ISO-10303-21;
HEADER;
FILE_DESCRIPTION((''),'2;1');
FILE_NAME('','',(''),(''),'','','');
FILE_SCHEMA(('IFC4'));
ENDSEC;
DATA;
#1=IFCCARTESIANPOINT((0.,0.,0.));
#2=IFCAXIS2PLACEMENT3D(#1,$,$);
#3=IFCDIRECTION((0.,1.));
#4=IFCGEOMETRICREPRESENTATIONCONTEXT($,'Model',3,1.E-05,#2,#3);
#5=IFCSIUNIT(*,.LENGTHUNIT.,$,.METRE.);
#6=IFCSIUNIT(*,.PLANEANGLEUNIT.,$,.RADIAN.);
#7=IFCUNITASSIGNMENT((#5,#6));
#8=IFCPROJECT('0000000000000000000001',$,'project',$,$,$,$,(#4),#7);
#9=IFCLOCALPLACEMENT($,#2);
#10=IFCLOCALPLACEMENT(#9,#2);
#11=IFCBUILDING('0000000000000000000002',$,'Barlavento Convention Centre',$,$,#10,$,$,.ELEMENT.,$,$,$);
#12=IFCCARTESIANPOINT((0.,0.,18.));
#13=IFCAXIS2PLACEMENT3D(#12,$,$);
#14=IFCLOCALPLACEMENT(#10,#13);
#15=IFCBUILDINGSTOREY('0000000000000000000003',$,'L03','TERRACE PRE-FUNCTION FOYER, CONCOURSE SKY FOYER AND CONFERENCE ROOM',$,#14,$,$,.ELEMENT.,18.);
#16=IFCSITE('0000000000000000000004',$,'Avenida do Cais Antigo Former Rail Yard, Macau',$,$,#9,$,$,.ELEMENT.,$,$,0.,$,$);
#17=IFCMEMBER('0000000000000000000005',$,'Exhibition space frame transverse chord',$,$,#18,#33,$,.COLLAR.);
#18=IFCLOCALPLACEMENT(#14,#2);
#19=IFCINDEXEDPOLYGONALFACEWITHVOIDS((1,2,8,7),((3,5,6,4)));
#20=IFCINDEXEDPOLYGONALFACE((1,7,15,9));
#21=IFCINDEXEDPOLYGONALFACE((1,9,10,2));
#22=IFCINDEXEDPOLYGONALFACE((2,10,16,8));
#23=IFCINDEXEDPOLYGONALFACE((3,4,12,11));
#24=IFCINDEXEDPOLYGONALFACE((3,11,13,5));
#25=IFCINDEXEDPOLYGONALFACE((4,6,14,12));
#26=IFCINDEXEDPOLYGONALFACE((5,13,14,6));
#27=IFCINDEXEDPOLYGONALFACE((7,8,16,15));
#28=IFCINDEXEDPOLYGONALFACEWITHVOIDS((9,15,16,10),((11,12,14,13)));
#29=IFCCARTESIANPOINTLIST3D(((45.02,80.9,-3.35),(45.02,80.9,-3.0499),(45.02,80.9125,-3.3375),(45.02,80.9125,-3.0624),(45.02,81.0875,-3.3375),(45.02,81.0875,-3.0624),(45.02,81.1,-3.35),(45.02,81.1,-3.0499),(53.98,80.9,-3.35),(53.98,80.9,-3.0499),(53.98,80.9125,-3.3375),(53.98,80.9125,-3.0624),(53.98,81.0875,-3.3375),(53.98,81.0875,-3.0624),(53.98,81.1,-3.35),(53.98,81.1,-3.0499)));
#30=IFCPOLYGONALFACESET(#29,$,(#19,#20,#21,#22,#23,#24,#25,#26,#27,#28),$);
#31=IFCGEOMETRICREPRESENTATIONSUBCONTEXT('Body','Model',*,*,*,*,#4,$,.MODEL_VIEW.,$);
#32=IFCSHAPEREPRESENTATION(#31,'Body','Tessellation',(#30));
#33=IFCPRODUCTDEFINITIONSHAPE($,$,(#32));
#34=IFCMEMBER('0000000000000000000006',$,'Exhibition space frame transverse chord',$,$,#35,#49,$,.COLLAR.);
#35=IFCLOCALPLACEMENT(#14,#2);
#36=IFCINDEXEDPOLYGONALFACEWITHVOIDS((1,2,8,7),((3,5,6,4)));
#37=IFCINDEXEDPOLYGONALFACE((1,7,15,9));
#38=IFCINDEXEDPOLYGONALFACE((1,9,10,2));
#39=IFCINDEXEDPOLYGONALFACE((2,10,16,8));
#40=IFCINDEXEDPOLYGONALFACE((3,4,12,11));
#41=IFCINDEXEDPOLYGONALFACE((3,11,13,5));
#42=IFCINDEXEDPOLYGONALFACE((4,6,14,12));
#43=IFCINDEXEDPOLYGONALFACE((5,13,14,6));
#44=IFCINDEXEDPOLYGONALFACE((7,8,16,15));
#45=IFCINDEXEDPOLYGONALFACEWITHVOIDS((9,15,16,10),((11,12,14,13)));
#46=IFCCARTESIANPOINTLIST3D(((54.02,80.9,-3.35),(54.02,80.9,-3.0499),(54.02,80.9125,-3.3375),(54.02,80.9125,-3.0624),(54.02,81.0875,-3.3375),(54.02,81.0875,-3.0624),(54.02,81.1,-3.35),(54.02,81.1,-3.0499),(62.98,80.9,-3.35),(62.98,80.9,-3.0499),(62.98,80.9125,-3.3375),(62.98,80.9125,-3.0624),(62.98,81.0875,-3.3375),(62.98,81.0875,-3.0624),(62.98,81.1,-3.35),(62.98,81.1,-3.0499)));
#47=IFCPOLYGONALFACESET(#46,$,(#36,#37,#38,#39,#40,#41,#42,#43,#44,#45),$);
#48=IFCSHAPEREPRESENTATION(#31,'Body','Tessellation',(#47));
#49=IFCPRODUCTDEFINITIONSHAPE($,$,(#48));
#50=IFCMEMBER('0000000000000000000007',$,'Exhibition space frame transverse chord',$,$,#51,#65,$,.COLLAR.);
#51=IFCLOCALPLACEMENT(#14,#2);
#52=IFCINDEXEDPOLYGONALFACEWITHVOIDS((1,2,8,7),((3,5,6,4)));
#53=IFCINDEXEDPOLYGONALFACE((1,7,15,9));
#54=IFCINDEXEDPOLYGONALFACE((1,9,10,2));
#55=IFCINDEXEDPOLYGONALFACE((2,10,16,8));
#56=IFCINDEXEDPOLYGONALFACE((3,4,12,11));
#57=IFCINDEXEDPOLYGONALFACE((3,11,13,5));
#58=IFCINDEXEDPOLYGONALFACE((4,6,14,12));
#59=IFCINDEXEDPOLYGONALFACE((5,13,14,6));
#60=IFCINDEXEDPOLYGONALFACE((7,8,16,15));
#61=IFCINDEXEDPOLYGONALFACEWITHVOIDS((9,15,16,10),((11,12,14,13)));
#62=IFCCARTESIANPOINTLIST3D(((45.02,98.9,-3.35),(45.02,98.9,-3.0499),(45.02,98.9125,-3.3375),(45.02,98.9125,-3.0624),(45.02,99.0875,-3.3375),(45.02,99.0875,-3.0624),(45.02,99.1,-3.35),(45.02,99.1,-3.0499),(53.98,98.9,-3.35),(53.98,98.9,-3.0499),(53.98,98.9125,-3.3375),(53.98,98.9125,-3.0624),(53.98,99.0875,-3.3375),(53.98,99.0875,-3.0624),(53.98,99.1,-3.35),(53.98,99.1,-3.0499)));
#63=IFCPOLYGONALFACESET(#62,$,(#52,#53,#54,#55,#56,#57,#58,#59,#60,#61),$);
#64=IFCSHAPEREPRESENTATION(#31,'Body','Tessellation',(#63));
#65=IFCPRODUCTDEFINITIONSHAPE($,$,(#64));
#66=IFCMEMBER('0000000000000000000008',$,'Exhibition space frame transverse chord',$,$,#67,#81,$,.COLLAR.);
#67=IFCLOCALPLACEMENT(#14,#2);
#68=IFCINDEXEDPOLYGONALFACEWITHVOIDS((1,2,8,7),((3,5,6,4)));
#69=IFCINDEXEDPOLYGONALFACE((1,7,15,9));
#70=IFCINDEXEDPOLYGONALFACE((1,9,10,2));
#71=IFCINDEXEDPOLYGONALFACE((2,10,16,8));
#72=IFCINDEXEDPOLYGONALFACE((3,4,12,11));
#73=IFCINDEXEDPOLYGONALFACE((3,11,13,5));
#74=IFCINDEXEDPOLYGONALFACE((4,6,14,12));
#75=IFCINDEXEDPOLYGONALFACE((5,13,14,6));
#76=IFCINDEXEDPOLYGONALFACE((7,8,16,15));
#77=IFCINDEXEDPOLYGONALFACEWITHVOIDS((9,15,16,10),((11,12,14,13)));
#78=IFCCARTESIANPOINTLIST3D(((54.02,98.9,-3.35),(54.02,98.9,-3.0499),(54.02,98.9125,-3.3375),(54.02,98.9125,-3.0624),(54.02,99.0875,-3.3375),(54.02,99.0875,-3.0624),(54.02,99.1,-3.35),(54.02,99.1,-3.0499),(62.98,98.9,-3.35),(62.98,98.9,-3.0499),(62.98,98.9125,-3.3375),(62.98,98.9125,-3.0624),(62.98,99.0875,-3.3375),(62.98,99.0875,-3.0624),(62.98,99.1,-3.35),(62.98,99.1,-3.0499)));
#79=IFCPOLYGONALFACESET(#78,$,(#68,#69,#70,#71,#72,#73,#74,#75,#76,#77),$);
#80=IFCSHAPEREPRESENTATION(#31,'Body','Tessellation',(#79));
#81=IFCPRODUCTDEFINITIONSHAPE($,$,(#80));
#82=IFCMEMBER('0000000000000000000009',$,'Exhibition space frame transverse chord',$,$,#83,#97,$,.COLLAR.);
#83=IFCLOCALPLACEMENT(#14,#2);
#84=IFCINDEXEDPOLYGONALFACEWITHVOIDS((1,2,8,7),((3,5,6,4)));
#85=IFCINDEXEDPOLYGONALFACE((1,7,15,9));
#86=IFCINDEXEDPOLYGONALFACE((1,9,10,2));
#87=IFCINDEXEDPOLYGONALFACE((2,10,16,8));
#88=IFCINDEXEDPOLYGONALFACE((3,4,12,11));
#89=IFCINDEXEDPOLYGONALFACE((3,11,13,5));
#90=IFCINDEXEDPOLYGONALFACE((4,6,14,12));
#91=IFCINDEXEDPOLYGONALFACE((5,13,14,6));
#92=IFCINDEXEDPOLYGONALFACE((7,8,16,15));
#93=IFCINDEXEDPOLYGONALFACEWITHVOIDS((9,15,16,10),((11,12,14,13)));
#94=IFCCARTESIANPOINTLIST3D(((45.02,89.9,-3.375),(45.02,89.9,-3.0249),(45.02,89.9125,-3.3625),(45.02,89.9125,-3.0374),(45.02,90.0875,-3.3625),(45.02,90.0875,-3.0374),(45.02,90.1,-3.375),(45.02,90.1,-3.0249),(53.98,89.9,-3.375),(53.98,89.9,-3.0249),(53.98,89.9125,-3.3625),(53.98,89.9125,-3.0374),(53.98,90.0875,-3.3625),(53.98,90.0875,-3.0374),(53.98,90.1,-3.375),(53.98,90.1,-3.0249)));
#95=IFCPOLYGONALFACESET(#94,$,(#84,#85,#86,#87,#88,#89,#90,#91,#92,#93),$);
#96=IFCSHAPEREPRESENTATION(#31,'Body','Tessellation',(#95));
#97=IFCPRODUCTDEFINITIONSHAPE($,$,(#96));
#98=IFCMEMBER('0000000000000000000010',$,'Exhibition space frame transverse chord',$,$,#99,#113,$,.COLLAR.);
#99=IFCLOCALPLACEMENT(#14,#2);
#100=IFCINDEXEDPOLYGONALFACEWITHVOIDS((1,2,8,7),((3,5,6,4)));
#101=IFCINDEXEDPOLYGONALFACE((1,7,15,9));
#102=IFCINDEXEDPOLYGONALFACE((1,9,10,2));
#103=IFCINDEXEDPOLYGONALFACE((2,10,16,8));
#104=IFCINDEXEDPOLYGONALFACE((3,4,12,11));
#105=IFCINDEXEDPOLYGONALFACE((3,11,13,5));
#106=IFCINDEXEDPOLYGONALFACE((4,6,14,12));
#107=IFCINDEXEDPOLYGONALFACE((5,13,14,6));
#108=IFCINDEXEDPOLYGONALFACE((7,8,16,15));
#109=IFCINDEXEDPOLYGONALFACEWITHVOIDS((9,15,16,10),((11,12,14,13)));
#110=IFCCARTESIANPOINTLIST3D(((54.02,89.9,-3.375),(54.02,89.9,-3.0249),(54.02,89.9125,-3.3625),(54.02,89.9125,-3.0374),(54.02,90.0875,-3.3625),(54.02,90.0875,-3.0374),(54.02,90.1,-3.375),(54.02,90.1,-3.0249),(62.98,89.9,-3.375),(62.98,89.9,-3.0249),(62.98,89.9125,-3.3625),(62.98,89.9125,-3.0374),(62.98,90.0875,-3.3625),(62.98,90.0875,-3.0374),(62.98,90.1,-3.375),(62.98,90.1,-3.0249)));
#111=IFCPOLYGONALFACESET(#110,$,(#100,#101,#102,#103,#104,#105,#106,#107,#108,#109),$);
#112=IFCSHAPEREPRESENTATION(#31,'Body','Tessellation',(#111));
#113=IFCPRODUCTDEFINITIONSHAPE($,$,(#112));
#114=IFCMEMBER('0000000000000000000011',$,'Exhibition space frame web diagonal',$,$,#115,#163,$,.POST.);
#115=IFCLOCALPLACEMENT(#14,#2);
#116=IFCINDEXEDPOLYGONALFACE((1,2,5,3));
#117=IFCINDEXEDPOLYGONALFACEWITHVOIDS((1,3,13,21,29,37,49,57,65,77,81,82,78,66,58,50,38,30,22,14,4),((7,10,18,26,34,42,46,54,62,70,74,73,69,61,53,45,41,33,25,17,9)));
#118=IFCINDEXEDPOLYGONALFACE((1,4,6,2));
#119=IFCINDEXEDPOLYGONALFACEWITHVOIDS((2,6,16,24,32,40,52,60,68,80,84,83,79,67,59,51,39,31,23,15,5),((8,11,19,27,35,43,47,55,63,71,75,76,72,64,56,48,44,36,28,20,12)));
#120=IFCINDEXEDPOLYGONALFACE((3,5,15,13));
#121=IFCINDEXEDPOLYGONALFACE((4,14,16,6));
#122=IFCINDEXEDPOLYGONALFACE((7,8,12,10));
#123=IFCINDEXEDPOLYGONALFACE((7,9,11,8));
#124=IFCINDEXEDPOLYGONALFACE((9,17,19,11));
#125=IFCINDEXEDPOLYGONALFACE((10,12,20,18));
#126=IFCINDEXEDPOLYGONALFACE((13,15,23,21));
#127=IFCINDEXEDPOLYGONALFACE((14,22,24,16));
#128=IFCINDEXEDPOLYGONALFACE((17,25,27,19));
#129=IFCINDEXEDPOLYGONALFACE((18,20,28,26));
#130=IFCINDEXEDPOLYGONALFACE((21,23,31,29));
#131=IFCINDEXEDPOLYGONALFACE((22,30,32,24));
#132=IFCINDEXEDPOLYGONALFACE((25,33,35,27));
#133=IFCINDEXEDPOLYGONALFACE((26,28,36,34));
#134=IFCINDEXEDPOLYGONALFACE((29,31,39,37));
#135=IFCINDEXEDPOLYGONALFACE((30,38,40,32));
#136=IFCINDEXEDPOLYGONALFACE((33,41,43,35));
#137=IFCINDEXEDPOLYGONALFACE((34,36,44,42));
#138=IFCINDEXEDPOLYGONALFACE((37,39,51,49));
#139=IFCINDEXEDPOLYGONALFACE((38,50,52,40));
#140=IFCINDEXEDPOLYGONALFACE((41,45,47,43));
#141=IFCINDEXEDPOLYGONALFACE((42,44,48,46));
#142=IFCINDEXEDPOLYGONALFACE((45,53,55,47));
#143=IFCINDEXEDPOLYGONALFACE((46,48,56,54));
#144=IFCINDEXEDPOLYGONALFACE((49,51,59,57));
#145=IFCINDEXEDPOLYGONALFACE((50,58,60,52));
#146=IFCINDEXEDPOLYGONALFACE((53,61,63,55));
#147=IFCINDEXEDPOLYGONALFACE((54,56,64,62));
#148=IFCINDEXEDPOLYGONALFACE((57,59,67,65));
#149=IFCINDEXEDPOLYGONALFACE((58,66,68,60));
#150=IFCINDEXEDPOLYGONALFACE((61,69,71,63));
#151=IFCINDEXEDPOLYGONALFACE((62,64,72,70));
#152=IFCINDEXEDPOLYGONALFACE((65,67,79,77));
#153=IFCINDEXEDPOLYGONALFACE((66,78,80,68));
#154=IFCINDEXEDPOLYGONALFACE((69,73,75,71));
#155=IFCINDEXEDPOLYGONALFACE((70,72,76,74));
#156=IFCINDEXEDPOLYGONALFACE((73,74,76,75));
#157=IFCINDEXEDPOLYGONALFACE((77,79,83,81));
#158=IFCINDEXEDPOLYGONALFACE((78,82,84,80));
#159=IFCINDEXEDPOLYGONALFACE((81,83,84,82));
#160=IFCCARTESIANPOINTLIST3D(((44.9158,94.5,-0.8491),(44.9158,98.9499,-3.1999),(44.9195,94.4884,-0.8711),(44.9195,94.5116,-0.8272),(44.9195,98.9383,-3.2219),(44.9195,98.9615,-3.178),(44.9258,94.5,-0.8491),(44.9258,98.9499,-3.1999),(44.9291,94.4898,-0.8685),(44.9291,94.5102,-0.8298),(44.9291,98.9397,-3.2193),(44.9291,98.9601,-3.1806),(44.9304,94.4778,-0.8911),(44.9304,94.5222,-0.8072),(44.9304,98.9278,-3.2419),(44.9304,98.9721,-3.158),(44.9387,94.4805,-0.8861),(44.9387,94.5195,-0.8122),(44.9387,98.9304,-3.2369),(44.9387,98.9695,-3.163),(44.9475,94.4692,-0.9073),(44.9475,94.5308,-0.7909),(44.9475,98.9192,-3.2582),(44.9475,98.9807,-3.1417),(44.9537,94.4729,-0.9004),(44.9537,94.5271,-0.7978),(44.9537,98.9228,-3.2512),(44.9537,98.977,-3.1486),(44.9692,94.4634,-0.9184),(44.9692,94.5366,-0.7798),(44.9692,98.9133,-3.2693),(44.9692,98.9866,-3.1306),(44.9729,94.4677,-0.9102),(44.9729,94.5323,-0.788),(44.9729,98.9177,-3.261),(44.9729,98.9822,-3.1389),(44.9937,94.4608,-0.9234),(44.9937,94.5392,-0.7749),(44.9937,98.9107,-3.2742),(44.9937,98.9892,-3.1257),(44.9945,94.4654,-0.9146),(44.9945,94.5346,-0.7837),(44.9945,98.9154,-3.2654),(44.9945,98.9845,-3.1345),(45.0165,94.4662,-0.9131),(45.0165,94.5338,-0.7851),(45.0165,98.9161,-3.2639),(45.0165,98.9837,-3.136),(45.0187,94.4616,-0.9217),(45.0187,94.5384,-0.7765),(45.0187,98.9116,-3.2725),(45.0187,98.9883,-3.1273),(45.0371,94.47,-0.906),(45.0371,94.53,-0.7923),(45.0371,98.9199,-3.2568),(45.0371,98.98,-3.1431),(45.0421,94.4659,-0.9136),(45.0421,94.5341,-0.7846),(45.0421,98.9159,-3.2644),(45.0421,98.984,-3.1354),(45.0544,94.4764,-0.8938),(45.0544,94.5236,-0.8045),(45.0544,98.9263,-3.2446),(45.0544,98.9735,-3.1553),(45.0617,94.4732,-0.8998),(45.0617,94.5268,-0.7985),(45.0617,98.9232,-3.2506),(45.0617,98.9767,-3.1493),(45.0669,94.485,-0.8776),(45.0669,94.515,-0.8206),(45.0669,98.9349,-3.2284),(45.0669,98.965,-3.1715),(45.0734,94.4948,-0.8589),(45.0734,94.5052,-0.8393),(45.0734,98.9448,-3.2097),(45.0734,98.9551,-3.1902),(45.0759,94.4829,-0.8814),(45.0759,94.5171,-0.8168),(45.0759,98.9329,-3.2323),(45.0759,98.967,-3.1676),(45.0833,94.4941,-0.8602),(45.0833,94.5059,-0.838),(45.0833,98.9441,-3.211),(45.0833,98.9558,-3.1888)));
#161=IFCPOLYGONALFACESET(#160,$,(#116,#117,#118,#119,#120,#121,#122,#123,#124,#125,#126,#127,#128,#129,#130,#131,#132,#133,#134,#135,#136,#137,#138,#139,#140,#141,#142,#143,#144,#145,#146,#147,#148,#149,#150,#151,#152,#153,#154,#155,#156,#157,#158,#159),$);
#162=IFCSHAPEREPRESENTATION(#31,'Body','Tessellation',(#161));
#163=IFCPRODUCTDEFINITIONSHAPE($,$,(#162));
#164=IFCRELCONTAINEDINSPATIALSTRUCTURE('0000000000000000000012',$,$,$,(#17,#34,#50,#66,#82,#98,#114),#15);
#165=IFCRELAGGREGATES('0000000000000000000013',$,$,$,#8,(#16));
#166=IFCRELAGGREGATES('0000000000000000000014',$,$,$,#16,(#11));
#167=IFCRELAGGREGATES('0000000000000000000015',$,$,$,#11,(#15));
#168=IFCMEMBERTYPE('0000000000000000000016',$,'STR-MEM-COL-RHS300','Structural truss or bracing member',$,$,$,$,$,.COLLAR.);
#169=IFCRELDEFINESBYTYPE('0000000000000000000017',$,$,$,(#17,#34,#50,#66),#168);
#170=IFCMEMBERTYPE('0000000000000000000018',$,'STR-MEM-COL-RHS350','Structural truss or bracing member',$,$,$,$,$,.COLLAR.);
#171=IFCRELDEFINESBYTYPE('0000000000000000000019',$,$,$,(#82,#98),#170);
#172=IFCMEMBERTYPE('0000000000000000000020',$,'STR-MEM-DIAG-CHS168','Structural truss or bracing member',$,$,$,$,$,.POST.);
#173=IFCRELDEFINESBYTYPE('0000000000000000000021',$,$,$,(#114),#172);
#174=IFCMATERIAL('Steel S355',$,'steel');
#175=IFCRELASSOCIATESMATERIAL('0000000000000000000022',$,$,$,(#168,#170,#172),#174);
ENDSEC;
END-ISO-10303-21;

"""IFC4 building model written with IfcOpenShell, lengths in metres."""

from ifc_helpers import new_model, si_unit, direction, frame, origin, origin_2d, place, context, subcontext, project, spatial, hollow_rectangle, hollow_circle, extrude, material, material_profile, profile_set, type_object, element, save


model = new_model("IFC4")

# Units and contexts
model_context = context("Model", 3, precision=1e-05, world=origin(), true_north=direction((0.0, 1.0)))
body_context = subcontext(model_context, "Body", "Model", "MODEL_VIEW")
ifc_project = project(units=[si_unit("LENGTHUNIT", "METRE"), si_unit("PLANEANGLEUNIT", "RADIAN")], contexts=[model_context])

# Site, building, storey
site_placement = place(None, origin())
site = spatial("IfcSite", under=ifc_project, at=site_placement, Name="Avenida do Cais Antigo Former Rail Yard, Macau", CompositionType="ELEMENT", RefElevation=0.0)
building_placement = place(site_placement, origin())
building = spatial("IfcBuilding", under=site, at=building_placement, Name="Barlavento Convention Centre", CompositionType="ELEMENT")
storey_placement = place(building_placement, frame((0.0, 0.0, 18.0)))
storey = spatial("IfcBuildingStorey", under=building, at=storey_placement, Name="L03", Description="TERRACE PRE-FUNCTION FOYER, CONCOURSE SKY FOYER AND CONFERENCE ROOM", CompositionType="ELEMENT", Elevation=18.0)

# Members
ifc_material_1 = material(Name="Steel S355", Category="steel")
ifc_material_profile_1 = material_profile(ifc_material_1, hollow_rectangle(XDim=0.2, YDim=0.3, WallThickness=0.0125, at=origin_2d()), Name="RHS 300x200x12.5")
ifc_profile_set_1 = profile_set([ifc_material_profile_1], Name="Steel S355")
member_type_1 = type_object("IfcMemberType", Name="STR-MEM-COL-RHS300", Description="Structural truss or bracing member", PredefinedType="COLLAR", material=ifc_profile_set_1)
for number, where, z_axis, x_axis, name in (
    (1, (45.02, 81.0, -3.2), (1.0, 0.0, 0.0), (0.0, 1.0, 0.0), "Exhibition space frame transverse chord"),
    (2, (54.02, 81.0, -3.2), (1.0, 0.0, 0.0), (0.0, 1.0, 0.0), "Exhibition space frame transverse chord"),
    (3, (45.02, 99.0, -3.2), (1.0, 0.0, 0.0), (0.0, 1.0, 0.0), "Exhibition space frame transverse chord"),
    (4, (54.02, 99.0, -3.2), (1.0, 0.0, 0.0), (0.0, 1.0, 0.0), "Exhibition space frame transverse chord"),
):
    element("IfcMember", number, at=place(storey_placement, frame(where, z_axis=z_axis, x_axis=x_axis)), inside=storey, type_object=member_type_1, Name=name, PredefinedType="COLLAR", context=body_context, shape_type="SweptSolid", body=[
        extrude(hollow_rectangle(XDim=0.2, YDim=0.3, WallThickness=0.0125, at=origin_2d()), origin(), (0.0, 0.0, 1.0), 8.96),
    ])
ifc_material_profile_2 = material_profile(ifc_material_1, hollow_rectangle(XDim=0.2, YDim=0.3501, WallThickness=0.0125, at=origin_2d()), Name="RHS 350x200x12.5")
ifc_profile_set_2 = profile_set([ifc_material_profile_2], Name="Steel S355")
member_type_2 = type_object("IfcMemberType", Name="STR-MEM-COL-RHS350", Description="Structural truss or bracing member", PredefinedType="COLLAR", material=ifc_profile_set_2)
for number, where, z_axis, x_axis, name in (
    (5, (45.02, 90.0, -3.2), (1.0, 0.0, 0.0), (0.0, 1.0, 0.0), "Exhibition space frame transverse chord"),
    (6, (54.02, 90.0, -3.2), (1.0, 0.0, 0.0), (0.0, 1.0, 0.0), "Exhibition space frame transverse chord"),
):
    element("IfcMember", number, at=place(storey_placement, frame(where, z_axis=z_axis, x_axis=x_axis)), inside=storey, type_object=member_type_2, Name=name, PredefinedType="COLLAR", context=body_context, shape_type="SweptSolid", body=[
        extrude(hollow_rectangle(XDim=0.2, YDim=0.3501, WallThickness=0.0125, at=origin_2d()), origin(), (0.0, 0.0, 1.0), 8.96),
    ])
ifc_material_profile_3 = material_profile(ifc_material_1, hollow_circle(Radius=0.0842, WallThickness=0.01, at=origin_2d()), Name="CHS 168.3x10.0")
ifc_profile_set_3 = profile_set([ifc_material_profile_3], Name="Steel S355")
member_type_3 = type_object("IfcMemberType", Name="STR-MEM-DIAG-CHS168", Description="Structural truss or bracing member", PredefinedType="POST", material=ifc_profile_set_3)
member_1_placement = place(storey_placement, frame((45.0, 94.5, -0.8491), z_axis=(0.0, 0.884201, -0.467107), x_axis=(-1.0, 0.0, 0.0)))
element("IfcMember", 7, at=member_1_placement, inside=storey, type_object=member_type_3, Name="Exhibition space frame web diagonal", PredefinedType="POST", context=body_context, shape_type="SweptSolid", body=[
    extrude(hollow_circle(Radius=0.0842, WallThickness=0.01, at=origin_2d()), origin(), (0.0, 0.0, 1.0), 5.0327),
])

save(model, "model.ifc")
